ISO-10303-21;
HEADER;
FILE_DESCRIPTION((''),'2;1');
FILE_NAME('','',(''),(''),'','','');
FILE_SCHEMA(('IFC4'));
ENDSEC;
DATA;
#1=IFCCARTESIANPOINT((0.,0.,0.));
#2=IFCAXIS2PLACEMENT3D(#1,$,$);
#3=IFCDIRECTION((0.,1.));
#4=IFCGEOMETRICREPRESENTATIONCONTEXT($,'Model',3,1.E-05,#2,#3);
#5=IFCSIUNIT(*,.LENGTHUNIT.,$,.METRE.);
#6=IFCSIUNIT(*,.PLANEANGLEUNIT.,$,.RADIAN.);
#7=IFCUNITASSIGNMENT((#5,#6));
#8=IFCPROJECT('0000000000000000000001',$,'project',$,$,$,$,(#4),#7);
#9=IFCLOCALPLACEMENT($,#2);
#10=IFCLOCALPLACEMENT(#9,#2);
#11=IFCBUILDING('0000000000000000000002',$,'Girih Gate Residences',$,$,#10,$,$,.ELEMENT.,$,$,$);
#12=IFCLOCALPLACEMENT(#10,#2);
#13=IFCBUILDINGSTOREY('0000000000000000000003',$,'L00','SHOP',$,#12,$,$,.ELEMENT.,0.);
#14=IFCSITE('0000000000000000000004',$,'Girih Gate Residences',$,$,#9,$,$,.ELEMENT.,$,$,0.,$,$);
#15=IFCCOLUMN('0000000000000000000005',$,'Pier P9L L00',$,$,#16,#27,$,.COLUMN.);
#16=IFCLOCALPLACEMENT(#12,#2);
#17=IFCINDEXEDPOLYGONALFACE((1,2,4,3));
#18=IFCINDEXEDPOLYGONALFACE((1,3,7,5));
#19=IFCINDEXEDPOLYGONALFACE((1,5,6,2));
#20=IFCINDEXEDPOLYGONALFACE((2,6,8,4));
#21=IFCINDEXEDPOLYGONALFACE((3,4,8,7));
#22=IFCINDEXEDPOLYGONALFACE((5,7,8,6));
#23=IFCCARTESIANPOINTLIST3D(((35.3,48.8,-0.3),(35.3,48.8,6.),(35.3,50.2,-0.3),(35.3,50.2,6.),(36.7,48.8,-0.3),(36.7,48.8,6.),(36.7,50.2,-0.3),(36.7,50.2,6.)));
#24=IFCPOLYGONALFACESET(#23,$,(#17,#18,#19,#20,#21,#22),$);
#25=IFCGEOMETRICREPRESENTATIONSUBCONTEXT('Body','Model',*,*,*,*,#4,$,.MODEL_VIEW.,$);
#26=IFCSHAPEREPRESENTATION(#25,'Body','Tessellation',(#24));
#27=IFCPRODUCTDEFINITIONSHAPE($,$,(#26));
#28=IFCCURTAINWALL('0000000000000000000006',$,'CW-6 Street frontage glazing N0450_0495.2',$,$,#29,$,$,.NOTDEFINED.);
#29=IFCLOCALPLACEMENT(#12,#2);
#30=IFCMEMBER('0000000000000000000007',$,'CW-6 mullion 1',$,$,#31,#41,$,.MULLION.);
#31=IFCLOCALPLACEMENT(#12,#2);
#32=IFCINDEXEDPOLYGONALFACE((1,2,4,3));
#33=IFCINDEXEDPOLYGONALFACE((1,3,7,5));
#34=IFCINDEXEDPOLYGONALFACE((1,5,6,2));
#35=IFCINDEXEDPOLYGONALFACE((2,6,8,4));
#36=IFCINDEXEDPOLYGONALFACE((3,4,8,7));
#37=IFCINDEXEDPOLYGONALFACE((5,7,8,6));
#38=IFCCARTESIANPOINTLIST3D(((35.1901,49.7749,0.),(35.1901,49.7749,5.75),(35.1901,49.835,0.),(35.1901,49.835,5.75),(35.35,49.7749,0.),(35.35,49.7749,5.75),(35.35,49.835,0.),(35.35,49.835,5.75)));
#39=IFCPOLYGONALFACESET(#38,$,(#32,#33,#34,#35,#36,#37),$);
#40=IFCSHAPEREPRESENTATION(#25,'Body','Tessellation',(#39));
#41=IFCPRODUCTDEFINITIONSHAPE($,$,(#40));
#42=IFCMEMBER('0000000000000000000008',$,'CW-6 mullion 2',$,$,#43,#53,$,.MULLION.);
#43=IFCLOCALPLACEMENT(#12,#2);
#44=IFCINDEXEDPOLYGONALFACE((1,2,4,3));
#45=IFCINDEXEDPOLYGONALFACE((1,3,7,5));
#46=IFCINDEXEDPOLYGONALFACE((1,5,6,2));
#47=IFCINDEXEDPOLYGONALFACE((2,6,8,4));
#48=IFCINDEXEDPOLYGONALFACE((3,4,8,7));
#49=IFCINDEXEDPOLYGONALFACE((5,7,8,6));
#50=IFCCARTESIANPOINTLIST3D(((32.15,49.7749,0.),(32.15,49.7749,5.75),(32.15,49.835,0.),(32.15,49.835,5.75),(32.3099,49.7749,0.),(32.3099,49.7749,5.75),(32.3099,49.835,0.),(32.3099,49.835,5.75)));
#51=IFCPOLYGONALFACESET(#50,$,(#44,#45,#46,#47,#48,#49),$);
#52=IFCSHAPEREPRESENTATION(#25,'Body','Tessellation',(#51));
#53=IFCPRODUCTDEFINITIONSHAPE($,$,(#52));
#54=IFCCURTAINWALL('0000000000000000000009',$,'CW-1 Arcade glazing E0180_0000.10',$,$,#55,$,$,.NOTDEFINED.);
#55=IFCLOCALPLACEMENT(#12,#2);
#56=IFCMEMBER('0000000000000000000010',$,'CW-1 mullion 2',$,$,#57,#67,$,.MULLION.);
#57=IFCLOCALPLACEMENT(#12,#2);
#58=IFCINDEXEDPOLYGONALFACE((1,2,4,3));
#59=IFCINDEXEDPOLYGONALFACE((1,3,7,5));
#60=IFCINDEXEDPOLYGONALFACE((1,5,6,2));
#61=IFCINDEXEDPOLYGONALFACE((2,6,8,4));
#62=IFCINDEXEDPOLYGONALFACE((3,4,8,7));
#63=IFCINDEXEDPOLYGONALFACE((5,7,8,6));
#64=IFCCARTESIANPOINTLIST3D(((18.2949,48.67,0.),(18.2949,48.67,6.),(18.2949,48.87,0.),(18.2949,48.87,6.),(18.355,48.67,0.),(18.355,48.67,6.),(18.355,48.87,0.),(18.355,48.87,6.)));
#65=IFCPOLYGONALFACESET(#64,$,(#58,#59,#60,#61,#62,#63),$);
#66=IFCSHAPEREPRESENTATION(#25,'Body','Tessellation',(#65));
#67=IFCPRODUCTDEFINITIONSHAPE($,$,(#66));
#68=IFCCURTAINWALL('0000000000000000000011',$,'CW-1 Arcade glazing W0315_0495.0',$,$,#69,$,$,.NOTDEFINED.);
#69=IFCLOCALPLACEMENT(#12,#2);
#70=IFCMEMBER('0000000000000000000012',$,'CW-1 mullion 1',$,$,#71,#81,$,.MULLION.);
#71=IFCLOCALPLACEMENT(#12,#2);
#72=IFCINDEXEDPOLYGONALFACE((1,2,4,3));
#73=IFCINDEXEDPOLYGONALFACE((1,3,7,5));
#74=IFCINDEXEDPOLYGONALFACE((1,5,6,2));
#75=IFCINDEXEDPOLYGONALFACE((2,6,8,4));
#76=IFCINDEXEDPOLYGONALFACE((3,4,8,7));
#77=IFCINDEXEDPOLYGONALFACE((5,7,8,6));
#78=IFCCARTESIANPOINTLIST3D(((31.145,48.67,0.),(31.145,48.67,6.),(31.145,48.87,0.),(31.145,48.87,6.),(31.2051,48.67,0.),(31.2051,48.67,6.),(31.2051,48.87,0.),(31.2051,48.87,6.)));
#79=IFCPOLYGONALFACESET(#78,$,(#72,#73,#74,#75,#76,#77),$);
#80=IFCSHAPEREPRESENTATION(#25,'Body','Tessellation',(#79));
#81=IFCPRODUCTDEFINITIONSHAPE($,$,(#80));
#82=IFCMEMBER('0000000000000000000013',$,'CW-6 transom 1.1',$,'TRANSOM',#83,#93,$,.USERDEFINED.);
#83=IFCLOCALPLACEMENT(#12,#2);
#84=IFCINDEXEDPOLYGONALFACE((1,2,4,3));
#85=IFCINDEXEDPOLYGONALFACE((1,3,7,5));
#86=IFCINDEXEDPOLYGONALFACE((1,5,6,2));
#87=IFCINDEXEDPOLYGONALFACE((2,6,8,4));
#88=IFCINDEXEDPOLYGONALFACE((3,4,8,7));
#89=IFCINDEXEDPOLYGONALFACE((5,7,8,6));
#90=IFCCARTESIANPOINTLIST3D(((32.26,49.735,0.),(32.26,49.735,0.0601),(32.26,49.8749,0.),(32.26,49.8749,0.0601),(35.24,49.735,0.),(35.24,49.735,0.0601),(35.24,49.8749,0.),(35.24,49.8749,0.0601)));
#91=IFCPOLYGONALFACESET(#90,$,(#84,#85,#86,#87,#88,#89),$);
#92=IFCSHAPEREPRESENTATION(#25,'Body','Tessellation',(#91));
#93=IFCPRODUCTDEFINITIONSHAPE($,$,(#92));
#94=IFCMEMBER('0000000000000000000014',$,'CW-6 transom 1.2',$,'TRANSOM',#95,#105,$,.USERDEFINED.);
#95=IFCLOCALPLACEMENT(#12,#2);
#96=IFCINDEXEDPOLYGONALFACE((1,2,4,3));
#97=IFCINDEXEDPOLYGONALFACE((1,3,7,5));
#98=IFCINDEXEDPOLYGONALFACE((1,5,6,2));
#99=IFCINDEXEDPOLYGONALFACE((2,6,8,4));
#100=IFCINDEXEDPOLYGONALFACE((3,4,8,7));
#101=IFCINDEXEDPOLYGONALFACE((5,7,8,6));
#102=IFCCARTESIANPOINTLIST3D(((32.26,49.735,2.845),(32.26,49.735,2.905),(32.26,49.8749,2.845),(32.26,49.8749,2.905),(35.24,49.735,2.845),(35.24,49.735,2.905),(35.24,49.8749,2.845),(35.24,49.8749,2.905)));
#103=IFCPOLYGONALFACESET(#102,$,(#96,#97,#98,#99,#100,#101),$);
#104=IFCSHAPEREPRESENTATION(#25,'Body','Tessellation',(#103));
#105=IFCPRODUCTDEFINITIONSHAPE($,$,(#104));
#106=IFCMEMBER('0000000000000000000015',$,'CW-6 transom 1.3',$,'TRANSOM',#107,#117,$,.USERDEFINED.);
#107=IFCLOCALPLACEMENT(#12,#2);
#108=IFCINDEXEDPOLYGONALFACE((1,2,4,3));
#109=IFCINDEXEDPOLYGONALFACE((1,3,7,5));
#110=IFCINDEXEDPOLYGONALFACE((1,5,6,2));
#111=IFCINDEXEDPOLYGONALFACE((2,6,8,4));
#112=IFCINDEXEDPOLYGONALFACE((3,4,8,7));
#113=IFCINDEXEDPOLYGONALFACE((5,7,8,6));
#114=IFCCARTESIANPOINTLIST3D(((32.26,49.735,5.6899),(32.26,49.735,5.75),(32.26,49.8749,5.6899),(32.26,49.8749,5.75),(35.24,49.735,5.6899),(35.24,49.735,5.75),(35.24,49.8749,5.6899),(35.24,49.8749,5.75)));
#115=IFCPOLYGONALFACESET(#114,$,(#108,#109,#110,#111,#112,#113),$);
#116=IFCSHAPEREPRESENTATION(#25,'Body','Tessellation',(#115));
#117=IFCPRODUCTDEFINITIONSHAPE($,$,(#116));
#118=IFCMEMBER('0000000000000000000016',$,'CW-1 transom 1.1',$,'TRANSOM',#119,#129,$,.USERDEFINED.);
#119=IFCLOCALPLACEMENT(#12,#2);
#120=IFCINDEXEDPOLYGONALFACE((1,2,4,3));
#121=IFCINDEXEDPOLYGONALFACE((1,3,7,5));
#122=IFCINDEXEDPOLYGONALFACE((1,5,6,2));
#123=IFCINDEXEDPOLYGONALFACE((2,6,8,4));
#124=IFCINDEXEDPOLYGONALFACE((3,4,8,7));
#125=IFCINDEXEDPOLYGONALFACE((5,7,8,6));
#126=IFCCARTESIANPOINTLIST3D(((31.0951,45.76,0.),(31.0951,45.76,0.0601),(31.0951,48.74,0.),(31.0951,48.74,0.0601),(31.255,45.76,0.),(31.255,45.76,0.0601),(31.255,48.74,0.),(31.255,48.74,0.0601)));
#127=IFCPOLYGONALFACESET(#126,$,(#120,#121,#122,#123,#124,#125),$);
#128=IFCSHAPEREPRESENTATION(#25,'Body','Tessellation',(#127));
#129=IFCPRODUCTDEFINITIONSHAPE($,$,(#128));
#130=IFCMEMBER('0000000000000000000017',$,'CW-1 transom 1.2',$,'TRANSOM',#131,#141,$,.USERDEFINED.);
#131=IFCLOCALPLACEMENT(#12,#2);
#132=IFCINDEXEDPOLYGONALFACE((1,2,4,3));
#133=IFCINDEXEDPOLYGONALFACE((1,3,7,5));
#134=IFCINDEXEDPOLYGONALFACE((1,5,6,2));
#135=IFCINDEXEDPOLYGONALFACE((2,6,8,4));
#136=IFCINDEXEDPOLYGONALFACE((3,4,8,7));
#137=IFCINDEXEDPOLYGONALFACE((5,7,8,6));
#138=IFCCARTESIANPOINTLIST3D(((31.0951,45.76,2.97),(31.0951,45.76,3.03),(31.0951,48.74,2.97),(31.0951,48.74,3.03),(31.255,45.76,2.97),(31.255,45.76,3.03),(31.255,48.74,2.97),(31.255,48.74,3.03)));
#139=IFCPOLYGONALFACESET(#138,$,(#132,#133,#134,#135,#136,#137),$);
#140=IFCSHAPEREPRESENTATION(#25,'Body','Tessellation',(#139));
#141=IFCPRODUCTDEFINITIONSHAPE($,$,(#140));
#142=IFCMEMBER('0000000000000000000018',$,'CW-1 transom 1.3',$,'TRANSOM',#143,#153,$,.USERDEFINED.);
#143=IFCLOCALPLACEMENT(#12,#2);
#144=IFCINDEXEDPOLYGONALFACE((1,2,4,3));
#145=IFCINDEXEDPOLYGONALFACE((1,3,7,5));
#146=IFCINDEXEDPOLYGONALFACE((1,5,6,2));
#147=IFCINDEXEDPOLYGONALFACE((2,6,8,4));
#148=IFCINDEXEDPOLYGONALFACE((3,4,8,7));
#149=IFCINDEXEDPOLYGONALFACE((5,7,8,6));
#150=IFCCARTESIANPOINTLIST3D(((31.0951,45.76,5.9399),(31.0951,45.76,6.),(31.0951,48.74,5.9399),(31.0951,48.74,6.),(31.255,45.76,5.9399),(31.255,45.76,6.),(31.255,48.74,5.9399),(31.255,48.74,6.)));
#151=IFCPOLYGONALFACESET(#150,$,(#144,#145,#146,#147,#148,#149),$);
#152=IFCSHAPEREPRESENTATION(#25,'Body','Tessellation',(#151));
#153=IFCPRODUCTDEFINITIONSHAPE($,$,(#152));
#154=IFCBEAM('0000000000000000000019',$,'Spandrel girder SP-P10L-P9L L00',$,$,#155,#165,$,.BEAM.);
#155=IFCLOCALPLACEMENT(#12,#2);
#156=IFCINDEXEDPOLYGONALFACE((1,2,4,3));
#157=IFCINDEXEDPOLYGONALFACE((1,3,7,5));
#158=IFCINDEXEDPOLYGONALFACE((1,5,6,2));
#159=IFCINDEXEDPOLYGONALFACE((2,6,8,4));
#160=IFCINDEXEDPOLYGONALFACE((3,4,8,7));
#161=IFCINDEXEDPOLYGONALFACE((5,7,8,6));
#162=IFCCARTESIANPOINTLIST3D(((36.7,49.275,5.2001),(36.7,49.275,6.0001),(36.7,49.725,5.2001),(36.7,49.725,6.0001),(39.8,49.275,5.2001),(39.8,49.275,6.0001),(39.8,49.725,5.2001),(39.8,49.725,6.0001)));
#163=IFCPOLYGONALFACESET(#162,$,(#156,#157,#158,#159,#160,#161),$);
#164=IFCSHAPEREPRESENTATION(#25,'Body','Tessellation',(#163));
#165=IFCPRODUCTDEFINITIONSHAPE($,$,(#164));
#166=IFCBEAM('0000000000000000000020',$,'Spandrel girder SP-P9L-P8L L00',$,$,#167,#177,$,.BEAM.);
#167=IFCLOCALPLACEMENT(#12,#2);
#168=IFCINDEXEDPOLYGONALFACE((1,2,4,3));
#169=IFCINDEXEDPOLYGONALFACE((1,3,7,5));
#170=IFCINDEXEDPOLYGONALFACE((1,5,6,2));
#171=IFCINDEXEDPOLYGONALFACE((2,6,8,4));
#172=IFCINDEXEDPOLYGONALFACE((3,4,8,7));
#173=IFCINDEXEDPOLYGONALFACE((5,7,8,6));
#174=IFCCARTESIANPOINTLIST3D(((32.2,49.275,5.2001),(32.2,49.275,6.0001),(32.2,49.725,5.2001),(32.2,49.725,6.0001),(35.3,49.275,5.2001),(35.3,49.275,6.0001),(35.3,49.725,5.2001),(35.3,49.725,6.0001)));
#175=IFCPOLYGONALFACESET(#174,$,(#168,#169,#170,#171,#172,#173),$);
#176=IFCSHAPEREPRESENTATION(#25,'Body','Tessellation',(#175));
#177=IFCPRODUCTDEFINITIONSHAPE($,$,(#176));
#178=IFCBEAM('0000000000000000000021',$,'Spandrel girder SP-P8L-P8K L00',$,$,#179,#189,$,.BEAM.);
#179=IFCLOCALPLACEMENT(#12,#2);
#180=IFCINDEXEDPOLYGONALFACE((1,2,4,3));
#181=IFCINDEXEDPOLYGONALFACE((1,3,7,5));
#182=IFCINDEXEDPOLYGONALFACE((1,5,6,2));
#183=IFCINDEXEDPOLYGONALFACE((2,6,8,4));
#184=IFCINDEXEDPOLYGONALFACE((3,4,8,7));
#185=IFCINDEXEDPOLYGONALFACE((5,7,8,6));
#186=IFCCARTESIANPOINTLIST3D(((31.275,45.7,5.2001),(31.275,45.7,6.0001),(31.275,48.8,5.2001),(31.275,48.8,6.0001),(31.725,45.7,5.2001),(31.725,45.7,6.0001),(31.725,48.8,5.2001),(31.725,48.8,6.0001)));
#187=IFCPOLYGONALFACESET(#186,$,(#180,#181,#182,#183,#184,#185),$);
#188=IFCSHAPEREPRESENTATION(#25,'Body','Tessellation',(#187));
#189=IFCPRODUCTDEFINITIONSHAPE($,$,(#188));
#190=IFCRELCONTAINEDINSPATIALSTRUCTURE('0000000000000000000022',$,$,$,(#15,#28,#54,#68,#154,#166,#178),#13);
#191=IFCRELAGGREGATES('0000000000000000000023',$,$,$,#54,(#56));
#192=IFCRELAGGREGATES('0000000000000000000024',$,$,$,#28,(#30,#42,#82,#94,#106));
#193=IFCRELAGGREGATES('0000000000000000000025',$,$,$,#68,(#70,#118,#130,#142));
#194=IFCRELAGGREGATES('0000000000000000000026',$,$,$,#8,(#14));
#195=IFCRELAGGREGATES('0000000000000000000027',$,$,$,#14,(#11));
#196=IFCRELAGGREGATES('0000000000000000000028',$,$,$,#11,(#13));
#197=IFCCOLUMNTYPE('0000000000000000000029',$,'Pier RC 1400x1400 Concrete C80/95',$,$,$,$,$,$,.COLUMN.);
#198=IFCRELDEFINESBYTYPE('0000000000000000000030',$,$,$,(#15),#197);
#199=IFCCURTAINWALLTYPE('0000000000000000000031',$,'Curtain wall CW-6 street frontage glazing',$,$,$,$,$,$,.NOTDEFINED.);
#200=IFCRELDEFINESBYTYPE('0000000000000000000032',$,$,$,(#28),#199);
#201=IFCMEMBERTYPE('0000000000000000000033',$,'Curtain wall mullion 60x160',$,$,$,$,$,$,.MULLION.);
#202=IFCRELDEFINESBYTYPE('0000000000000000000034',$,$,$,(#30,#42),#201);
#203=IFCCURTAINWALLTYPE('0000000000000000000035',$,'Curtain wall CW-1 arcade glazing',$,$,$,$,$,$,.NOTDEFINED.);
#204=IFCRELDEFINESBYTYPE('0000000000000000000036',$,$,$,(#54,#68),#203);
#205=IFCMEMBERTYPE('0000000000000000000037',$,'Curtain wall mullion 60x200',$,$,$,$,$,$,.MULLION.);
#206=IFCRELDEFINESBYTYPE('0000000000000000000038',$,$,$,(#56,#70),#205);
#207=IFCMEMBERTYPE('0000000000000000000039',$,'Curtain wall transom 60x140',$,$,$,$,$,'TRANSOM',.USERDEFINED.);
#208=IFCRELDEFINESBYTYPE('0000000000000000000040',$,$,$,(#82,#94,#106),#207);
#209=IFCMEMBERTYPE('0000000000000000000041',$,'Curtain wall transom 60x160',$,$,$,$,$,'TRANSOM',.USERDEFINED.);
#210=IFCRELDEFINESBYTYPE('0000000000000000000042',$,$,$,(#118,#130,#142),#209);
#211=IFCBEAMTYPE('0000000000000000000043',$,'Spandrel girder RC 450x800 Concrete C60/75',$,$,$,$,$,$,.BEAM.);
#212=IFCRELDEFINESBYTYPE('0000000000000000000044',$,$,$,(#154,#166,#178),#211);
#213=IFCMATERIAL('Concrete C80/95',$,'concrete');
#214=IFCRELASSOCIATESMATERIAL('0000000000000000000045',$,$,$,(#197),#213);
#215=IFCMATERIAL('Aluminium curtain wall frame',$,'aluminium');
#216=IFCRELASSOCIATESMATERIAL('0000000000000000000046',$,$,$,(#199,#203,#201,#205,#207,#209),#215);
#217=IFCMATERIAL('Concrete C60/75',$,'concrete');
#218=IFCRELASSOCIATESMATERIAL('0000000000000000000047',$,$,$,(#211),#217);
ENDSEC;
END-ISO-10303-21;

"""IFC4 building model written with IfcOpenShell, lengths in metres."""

from ifc_helpers import new_model, si_unit, direction, frame, origin, origin_2d, place, context, subcontext, project, spatial, rectangle, extrude, material, material_profile, profile_set, type_object, element, aggregate, save


model = new_model("IFC4")

# Units and contexts
model_context = context("Model", 3, precision=1e-05, world=origin(), true_north=direction((0.0, 1.0)))
body_context = subcontext(model_context, "Body", "Model", "MODEL_VIEW")
ifc_project = project(units=[si_unit("LENGTHUNIT", "METRE"), si_unit("PLANEANGLEUNIT", "RADIAN")], contexts=[model_context])

# Site, building, storey
site_placement = place(None, origin())
site = spatial("IfcSite", under=ifc_project, at=site_placement, Name="Girih Gate Residences", CompositionType="ELEMENT", RefElevation=0.0)
building_placement = place(site_placement, origin())
building = spatial("IfcBuilding", under=site, at=building_placement, Name="Girih Gate Residences", CompositionType="ELEMENT")
storey_placement = place(building_placement, origin())
storey = spatial("IfcBuildingStorey", under=building, at=storey_placement, Name="L00", Description="SHOP", CompositionType="ELEMENT", Elevation=0.0)

# Column
ifc_material_1 = material(Name="Concrete C80/95", Category="concrete")
ifc_material_profile_1 = material_profile(ifc_material_1, rectangle(XDim=1.3999, YDim=1.3999, at=origin_2d()))
ifc_profile_set_1 = profile_set([ifc_material_profile_1], Name="Concrete C80/95")
column_type = type_object("IfcColumnType", Name="Pier RC 1400x1400 Concrete C80/95", PredefinedType="COLUMN", material=ifc_profile_set_1)
for number, where, z_axis, x_axis, name in (
    (1, (36.0, 49.5, -0.3), (0.0, 0.0, 1.0), (1.0, 0.0, 0.0), "Pier P9L L00"),
):
    element("IfcColumn", number, at=place(storey_placement, frame(where, z_axis=z_axis, x_axis=x_axis)), inside=storey, type_object=column_type, Name=name, PredefinedType="COLUMN", context=body_context, shape_type="SweptSolid", body=[
        extrude(rectangle(XDim=1.3999, YDim=1.3999, at=origin_2d()), origin(), (0.0, 0.0, 1.0), 6.3),
    ])

# Curtain wall, members
ifc_material_2 = material(Name="Aluminium curtain wall frame", Category="aluminium")
curtain_wall_type_1 = type_object("IfcCurtainWallType", Name="Curtain wall CW-6 street frontage glazing", PredefinedType="NOTDEFINED", material=ifc_material_2)
curtain_wall_1_placement = place(storey_placement, origin())
curtain_wall_1 = element("IfcCurtainWall", 2, at=curtain_wall_1_placement, inside=storey, type_object=curtain_wall_type_1, Name="CW-6 Street frontage glazing N0450_0495.2", PredefinedType="NOTDEFINED")
ifc_material_profile_2 = material_profile(ifc_material_2, rectangle(XDim=0.0601, YDim=0.1599, at=origin_2d()))
ifc_profile_set_2 = profile_set([ifc_material_profile_2], Name="Aluminium curtain wall frame")
member_type_1 = type_object("IfcMemberType", Name="Curtain wall mullion 60x160", PredefinedType="MULLION", material=ifc_profile_set_2)
member_1_placement = place(storey_placement, frame((35.27, 49.8049, 0.0), z_axis=(0.0, 0.0, 1.0), x_axis=(0.0, -1.0, 0.0)))
member_1 = element("IfcMember", 3, at=member_1_placement, type_object=member_type_1, Name="CW-6 mullion 1", PredefinedType="MULLION", context=body_context, shape_type="SweptSolid", body=[
    extrude(rectangle(XDim=0.0601, YDim=0.1599, at=origin_2d()), origin(), (0.0, 0.0, 1.0), 5.75),
])
member_2_placement = place(storey_placement, frame((32.23, 49.8049, 0.0), z_axis=(0.0, 0.0, 1.0), x_axis=(0.0, -1.0, 0.0)))
member_2 = element("IfcMember", 4, at=member_2_placement, type_object=member_type_1, Name="CW-6 mullion 2", PredefinedType="MULLION", context=body_context, shape_type="SweptSolid", body=[
    extrude(rectangle(XDim=0.0601, YDim=0.1599, at=origin_2d()), origin(), (0.0, 0.0, 1.0), 5.75),
])

# Curtain walls, members
curtain_wall_type_2 = type_object("IfcCurtainWallType", Name="Curtain wall CW-1 arcade glazing", PredefinedType="NOTDEFINED", material=ifc_material_2)
curtain_wall_2_placement = place(storey_placement, origin())
curtain_wall_2 = element("IfcCurtainWall", 5, at=curtain_wall_2_placement, inside=storey, type_object=curtain_wall_type_2, Name="CW-1 Arcade glazing E0180_0000.10", PredefinedType="NOTDEFINED")
ifc_material_profile_3 = material_profile(ifc_material_2, rectangle(XDim=0.0601, YDim=0.2, at=origin_2d()))
ifc_profile_set_3 = profile_set([ifc_material_profile_3], Name="Aluminium curtain wall frame")
member_type_2 = type_object("IfcMemberType", Name="Curtain wall mullion 60x200", PredefinedType="MULLION", material=ifc_profile_set_3)
member_3_placement = place(storey_placement, frame((18.325, 48.77, 0.0), z_axis=(0.0, 0.0, 1.0), x_axis=(-1.0, 0.0, 0.0)))
member_3 = element("IfcMember", 6, at=member_3_placement, type_object=member_type_2, Name="CW-1 mullion 2", PredefinedType="MULLION", context=body_context, shape_type="SweptSolid", body=[
    extrude(rectangle(XDim=0.0601, YDim=0.2, at=origin_2d()), origin(), (0.0, 0.0, 1.0), 6.0),
])
aggregate(curtain_wall_2, [member_3])
curtain_wall_3_placement = place(storey_placement, origin())
curtain_wall_3 = element("IfcCurtainWall", 7, at=curtain_wall_3_placement, inside=storey, type_object=curtain_wall_type_2, Name="CW-1 Arcade glazing W0315_0495.0", PredefinedType="NOTDEFINED")
member_4_placement = place(storey_placement, frame((31.175, 48.77, 0.0), z_axis=(0.0, 0.0, 1.0), x_axis=(1.0, 0.0, 0.0)))
member_4 = element("IfcMember", 8, at=member_4_placement, type_object=member_type_2, Name="CW-1 mullion 1", PredefinedType="MULLION", context=body_context, shape_type="SweptSolid", body=[
    extrude(rectangle(XDim=0.0601, YDim=0.2, at=origin_2d()), origin(), (0.0, 0.0, 1.0), 6.0),
])

# Members
ifc_material_profile_4 = material_profile(ifc_material_2, rectangle(XDim=0.1399, YDim=0.0601, at=origin_2d()))
ifc_profile_set_4 = profile_set([ifc_material_profile_4], Name="Aluminium curtain wall frame")
member_type_3 = type_object("IfcMemberType", Name="Curtain wall transom 60x140", ElementType="TRANSOM", PredefinedType="USERDEFINED", material=ifc_profile_set_4)
member_5_placement = place(storey_placement, frame((35.24, 49.8049, 0.03), z_axis=(-1.0, 0.0, 0.0), x_axis=(0.0, -1.0, 0.0)))
member_5 = element("IfcMember", 9, at=member_5_placement, type_object=member_type_3, Name="CW-6 transom 1.1", ObjectType="TRANSOM", PredefinedType="USERDEFINED", context=body_context, shape_type="SweptSolid", body=[
    extrude(rectangle(XDim=0.1399, YDim=0.0601, at=origin_2d()), origin(), (0.0, 0.0, 1.0), 2.98),
])
member_6_placement = place(storey_placement, frame((35.24, 49.8049, 2.875), z_axis=(-1.0, 0.0, 0.0), x_axis=(0.0, -1.0, 0.0)))
member_6 = element("IfcMember", 10, at=member_6_placement, type_object=member_type_3, Name="CW-6 transom 1.2", ObjectType="TRANSOM", PredefinedType="USERDEFINED", context=body_context, shape_type="SweptSolid", body=[
    extrude(rectangle(XDim=0.1399, YDim=0.0601, at=origin_2d()), origin(), (0.0, 0.0, 1.0), 2.98),
])
member_7_placement = place(storey_placement, frame((35.24, 49.8049, 5.72), z_axis=(-1.0, 0.0, 0.0), x_axis=(0.0, -1.0, 0.0)))
member_7 = element("IfcMember", 11, at=member_7_placement, type_object=member_type_3, Name="CW-6 transom 1.3", ObjectType="TRANSOM", PredefinedType="USERDEFINED", context=body_context, shape_type="SweptSolid", body=[
    extrude(rectangle(XDim=0.1399, YDim=0.0601, at=origin_2d()), origin(), (0.0, 0.0, 1.0), 2.98),
])
ifc_material_profile_5 = material_profile(ifc_material_2, rectangle(XDim=0.1599, YDim=0.0601, at=origin_2d()))
ifc_profile_set_5 = profile_set([ifc_material_profile_5], Name="Aluminium curtain wall frame")
member_type_4 = type_object("IfcMemberType", Name="Curtain wall transom 60x160", ElementType="TRANSOM", PredefinedType="USERDEFINED", material=ifc_profile_set_5)
member_8_placement = place(storey_placement, frame((31.175, 48.74, 0.03), z_axis=(0.0, -1.0, 0.0), x_axis=(1.0, 0.0, 0.0)))
member_8 = element("IfcMember", 12, at=member_8_placement, type_object=member_type_4, Name="CW-1 transom 1.1", ObjectType="TRANSOM", PredefinedType="USERDEFINED", context=body_context, shape_type="SweptSolid", body=[
    extrude(rectangle(XDim=0.1599, YDim=0.0601, at=origin_2d()), origin(), (0.0, 0.0, 1.0), 2.98),
])
member_9_placement = place(storey_placement, frame((31.175, 48.74, 3.0), z_axis=(0.0, -1.0, 0.0), x_axis=(1.0, 0.0, 0.0)))
member_9 = element("IfcMember", 13, at=member_9_placement, type_object=member_type_4, Name="CW-1 transom 1.2", ObjectType="TRANSOM", PredefinedType="USERDEFINED", context=body_context, shape_type="SweptSolid", body=[
    extrude(rectangle(XDim=0.1599, YDim=0.0601, at=origin_2d()), origin(), (0.0, 0.0, 1.0), 2.98),
])
member_10_placement = place(storey_placement, frame((31.175, 48.74, 5.97), z_axis=(0.0, -1.0, 0.0), x_axis=(1.0, 0.0, 0.0)))
member_10 = element("IfcMember", 14, at=member_10_placement, type_object=member_type_4, Name="CW-1 transom 1.3", ObjectType="TRANSOM", PredefinedType="USERDEFINED", context=body_context, shape_type="SweptSolid", body=[
    extrude(rectangle(XDim=0.1599, YDim=0.0601, at=origin_2d()), origin(), (0.0, 0.0, 1.0), 2.98),
])

# Beams
ifc_material_3 = material(Name="Concrete C60/75", Category="concrete")
ifc_material_profile_6 = material_profile(ifc_material_3, rectangle(XDim=0.45, YDim=0.8, at=origin_2d()))
ifc_profile_set_6 = profile_set([ifc_material_profile_6], Name="Concrete C60/75")
beam_type = type_object("IfcBeamType", Name="Spandrel girder RC 450x800 Concrete C60/75", PredefinedType="BEAM", material=ifc_profile_set_6)
for number, where, z_axis, x_axis, name in (
    (15, (39.8, 49.5, 5.6001), (-1.0, 0.0, 0.0), (0.0, -1.0, 0.0), "Spandrel girder SP-P10L-P9L L00"),
    (16, (35.3, 49.5, 5.6001), (-1.0, 0.0, 0.0), (0.0, -1.0, 0.0), "Spandrel girder SP-P9L-P8L L00"),
    (17, (31.5, 48.8, 5.6001), (0.0, -1.0, 0.0), (1.0, 0.0, 0.0), "Spandrel girder SP-P8L-P8K L00"),
):
    element("IfcBeam", number, at=place(storey_placement, frame(where, z_axis=z_axis, x_axis=x_axis)), inside=storey, type_object=beam_type, Name=name, PredefinedType="BEAM", context=body_context, shape_type="SweptSolid", body=[
        extrude(rectangle(XDim=0.45, YDim=0.8, at=origin_2d()), origin(), (0.0, 0.0, 1.0), 3.1001),
    ])

aggregate(curtain_wall_1, [member_1, member_2, member_5, member_6, member_7])
aggregate(curtain_wall_3, [member_4, member_8, member_9, member_10])

save(model, "model.ifc")
